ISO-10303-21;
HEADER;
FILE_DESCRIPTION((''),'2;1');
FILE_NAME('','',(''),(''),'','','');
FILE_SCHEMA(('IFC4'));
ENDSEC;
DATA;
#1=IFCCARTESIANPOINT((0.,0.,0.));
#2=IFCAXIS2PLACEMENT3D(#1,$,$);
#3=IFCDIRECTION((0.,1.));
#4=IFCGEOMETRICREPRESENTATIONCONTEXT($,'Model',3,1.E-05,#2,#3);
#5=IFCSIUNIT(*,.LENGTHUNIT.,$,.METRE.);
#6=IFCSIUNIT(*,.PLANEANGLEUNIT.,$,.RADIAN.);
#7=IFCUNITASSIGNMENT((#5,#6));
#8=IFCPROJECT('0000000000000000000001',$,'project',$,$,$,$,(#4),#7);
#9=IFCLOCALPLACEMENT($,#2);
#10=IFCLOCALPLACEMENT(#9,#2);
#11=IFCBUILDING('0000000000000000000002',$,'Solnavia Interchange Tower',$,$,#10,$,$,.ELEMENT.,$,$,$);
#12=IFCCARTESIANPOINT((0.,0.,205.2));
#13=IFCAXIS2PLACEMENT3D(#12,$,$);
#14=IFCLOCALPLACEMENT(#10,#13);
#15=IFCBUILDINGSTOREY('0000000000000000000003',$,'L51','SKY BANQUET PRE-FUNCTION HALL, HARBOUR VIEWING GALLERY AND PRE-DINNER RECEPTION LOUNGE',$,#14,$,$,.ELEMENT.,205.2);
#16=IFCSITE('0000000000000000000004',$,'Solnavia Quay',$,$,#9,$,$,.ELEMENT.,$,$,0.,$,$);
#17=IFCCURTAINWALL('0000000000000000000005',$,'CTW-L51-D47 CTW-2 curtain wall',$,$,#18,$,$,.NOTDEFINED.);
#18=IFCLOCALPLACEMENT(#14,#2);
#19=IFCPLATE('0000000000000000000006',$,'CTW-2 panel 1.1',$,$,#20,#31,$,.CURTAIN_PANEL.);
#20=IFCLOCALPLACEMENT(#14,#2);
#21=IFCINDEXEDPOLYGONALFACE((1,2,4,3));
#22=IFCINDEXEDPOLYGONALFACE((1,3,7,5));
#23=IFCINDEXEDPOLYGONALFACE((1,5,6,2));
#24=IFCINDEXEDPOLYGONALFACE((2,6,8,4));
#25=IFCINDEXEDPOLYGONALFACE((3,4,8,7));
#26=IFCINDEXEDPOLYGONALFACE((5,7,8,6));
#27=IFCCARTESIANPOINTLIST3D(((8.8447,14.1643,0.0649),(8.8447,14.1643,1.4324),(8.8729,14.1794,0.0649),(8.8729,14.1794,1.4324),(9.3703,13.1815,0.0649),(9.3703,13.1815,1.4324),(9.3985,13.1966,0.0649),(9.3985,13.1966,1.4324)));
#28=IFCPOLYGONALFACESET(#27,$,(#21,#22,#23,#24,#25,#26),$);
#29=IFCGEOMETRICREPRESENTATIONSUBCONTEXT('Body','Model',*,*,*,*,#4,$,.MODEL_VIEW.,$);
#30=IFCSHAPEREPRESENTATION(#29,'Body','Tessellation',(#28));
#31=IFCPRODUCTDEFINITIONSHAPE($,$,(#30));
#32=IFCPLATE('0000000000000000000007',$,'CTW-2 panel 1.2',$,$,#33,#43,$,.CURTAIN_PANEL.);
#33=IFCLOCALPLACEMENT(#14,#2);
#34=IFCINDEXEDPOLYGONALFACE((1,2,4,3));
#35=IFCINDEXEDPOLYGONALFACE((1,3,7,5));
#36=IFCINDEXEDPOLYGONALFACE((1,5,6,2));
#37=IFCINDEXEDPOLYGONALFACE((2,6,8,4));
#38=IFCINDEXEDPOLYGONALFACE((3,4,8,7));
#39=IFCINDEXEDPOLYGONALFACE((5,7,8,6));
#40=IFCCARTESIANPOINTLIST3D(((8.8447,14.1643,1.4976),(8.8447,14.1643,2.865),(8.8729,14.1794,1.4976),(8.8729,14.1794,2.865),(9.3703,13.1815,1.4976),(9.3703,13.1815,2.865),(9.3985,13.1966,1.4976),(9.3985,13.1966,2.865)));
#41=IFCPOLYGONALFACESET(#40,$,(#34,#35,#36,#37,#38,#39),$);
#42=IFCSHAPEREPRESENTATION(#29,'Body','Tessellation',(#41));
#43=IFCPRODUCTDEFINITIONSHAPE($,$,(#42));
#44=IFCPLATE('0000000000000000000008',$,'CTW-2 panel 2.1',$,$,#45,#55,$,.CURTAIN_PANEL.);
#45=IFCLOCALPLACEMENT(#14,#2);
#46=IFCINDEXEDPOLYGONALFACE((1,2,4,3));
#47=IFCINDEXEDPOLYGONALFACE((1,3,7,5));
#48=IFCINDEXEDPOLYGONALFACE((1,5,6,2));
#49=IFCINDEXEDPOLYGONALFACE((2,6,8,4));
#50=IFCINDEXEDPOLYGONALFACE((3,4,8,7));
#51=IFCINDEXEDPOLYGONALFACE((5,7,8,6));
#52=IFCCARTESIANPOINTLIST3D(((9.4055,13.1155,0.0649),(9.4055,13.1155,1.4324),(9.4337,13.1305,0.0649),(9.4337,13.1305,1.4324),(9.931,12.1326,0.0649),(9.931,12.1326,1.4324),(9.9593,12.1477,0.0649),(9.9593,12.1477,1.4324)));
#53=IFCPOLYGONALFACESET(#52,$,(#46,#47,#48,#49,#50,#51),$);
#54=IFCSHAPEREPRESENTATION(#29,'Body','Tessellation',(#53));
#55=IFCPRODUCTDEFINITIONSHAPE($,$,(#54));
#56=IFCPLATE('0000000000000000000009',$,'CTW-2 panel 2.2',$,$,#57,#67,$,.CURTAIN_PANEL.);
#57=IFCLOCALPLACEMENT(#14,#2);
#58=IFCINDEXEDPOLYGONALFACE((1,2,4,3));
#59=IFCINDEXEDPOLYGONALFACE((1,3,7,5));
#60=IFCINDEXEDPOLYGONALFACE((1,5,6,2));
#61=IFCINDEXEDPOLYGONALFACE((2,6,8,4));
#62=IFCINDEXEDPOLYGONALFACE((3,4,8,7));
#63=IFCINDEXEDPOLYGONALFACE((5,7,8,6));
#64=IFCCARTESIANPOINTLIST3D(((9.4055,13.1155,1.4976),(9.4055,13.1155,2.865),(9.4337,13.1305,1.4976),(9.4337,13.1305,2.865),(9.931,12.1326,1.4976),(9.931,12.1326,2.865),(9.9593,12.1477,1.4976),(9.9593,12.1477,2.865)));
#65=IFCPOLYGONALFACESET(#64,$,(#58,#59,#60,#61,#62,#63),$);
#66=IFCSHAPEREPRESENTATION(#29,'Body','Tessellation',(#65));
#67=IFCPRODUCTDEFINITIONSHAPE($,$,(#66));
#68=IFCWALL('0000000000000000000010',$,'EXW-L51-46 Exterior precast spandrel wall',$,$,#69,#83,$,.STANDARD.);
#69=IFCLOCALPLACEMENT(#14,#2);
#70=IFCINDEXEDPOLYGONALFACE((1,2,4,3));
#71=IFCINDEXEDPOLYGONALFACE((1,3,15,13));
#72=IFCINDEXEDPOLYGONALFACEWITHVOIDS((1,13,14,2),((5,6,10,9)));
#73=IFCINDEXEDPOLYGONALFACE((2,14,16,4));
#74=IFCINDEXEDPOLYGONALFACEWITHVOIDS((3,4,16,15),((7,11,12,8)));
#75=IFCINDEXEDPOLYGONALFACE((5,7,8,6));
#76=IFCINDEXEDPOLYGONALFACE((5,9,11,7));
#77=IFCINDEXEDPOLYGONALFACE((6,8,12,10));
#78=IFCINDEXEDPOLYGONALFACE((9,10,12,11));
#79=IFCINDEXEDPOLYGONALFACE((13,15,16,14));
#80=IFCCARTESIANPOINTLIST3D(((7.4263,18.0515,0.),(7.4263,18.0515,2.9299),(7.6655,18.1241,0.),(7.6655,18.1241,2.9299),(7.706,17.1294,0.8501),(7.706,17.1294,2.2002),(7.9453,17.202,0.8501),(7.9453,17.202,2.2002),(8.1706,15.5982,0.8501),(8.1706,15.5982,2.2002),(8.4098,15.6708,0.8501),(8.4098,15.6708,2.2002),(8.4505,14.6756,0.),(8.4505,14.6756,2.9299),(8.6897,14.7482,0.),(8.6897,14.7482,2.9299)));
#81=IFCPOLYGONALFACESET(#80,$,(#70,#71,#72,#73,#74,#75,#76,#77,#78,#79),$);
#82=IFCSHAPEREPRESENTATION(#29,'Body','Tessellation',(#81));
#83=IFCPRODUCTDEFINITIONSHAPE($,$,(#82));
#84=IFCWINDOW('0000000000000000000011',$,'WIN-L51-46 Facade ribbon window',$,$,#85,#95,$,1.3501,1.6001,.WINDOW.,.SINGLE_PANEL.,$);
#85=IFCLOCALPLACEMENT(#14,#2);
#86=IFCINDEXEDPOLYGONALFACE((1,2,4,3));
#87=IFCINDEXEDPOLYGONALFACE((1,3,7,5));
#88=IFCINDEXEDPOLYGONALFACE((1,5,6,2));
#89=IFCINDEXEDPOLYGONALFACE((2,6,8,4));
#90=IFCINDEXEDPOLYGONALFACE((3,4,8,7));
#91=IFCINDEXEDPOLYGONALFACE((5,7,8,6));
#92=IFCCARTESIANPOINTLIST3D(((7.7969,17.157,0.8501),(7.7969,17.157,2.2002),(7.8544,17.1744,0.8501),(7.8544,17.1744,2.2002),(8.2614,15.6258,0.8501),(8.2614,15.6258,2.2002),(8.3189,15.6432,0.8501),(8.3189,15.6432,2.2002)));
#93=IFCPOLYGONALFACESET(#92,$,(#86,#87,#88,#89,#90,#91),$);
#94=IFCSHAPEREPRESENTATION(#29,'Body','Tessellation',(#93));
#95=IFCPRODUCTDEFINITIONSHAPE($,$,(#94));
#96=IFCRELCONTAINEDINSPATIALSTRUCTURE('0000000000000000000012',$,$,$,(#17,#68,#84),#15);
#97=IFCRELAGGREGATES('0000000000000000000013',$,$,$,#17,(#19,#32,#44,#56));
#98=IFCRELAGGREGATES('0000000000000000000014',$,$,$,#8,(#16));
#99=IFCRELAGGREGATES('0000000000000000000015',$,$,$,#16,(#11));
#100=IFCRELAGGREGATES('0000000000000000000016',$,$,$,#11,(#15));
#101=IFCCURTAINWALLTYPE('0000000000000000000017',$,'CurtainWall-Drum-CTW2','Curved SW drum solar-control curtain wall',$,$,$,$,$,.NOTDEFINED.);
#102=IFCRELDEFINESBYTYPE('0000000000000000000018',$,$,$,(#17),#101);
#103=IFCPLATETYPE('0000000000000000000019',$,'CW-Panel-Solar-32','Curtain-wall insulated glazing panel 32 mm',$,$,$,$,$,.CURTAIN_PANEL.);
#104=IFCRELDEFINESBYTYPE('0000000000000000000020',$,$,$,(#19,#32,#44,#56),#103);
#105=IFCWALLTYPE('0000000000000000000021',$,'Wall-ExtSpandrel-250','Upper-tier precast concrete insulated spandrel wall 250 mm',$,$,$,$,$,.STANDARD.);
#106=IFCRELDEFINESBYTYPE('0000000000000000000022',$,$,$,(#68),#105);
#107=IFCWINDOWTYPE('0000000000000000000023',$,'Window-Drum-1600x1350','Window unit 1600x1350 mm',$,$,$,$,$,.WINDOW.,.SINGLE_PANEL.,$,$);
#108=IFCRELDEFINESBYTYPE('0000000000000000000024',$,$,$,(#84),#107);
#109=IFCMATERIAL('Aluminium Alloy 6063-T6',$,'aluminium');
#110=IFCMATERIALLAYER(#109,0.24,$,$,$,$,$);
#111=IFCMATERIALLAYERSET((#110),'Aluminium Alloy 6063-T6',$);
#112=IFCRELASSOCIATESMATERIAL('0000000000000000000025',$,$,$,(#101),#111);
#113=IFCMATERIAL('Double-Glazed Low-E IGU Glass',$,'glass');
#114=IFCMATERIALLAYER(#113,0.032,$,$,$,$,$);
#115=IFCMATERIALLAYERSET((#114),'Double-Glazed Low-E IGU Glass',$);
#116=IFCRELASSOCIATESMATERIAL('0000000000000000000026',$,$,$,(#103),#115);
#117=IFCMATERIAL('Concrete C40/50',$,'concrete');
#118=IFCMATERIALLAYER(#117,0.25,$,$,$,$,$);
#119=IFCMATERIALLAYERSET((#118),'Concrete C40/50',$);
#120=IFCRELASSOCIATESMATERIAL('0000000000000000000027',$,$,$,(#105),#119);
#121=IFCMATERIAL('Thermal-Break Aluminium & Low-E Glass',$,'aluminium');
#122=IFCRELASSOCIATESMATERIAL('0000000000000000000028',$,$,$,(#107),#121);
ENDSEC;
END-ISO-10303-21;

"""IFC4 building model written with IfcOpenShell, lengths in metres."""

from ifc_helpers import new_model, si_unit, direction, frame, frame_2d, origin, origin_2d, place, context, subcontext, project, spatial, rectangle, extrude, material, layer, layer_set, type_object, element, fill, aggregate, save


model = new_model("IFC4")

# Units and contexts
model_context = context("Model", 3, precision=1e-05, world=origin(), true_north=direction((0.0, 1.0)))
body_context = subcontext(model_context, "Body", "Model", "MODEL_VIEW")
ifc_project = project(units=[si_unit("LENGTHUNIT", "METRE"), si_unit("PLANEANGLEUNIT", "RADIAN")], contexts=[model_context])

# Site, building, storey
site_placement = place(None, origin())
site = spatial("IfcSite", under=ifc_project, at=site_placement, Name="Solnavia Quay", CompositionType="ELEMENT", RefElevation=0.0)
building_placement = place(site_placement, origin())
building = spatial("IfcBuilding", under=site, at=building_placement, Name="Solnavia Interchange Tower", CompositionType="ELEMENT")
storey_placement = place(building_placement, frame((0.0, 0.0, 205.2)))
storey = spatial("IfcBuildingStorey", under=building, at=storey_placement, Name="L51", Description="SKY BANQUET PRE-FUNCTION HALL, HARBOUR VIEWING GALLERY AND PRE-DINNER RECEPTION LOUNGE", CompositionType="ELEMENT", Elevation=205.2)

# Curtain wall, plates
ifc_material_1 = material(Name="Aluminium Alloy 6063-T6", Category="aluminium")
ifc_layer_1 = layer(ifc_material_1, 0.24)
ifc_layer_set_1 = layer_set([ifc_layer_1], Name="Aluminium Alloy 6063-T6")
curtain_wall_type = type_object("IfcCurtainWallType", Name="CurtainWall-Drum-CTW2", Description="Curved SW drum solar-control curtain wall", PredefinedType="NOTDEFINED", material=ifc_layer_set_1)
curtain_wall_placement = place(storey_placement, origin())
curtain_wall = element("IfcCurtainWall", 1, at=curtain_wall_placement, inside=storey, type_object=curtain_wall_type, Name="CTW-L51-D47 CTW-2 curtain wall", PredefinedType="NOTDEFINED")
ifc_material_2 = material(Name="Double-Glazed Low-E IGU Glass", Category="glass")
ifc_layer_2 = layer(ifc_material_2, 0.032)
ifc_layer_set_2 = layer_set([ifc_layer_2], Name="Double-Glazed Low-E IGU Glass")
plate_type = type_object("IfcPlateType", Name="CW-Panel-Solar-32", Description="Curtain-wall insulated glazing panel 32 mm", PredefinedType="CURTAIN_PANEL", material=ifc_layer_set_2)
plate_1_placement = place(storey_placement, frame((9.1216, 13.6804, 0.0649), z_axis=(0.0, 0.0, 1.0), x_axis=(0.471561, -0.881834, 0.0)))
plate_1 = element("IfcPlate", 2, at=plate_1_placement, type_object=plate_type, Name="CTW-2 panel 1.1", PredefinedType="CURTAIN_PANEL", context=body_context, shape_type="SweptSolid", body=[
    extrude(rectangle(XDim=1.1145, YDim=0.032, at=origin_2d()), origin(), (0.0, 0.0, 1.0), 1.3674),
])
plate_2_placement = place(storey_placement, frame((9.1216, 13.6804, 1.4976), z_axis=(0.0, 0.0, 1.0), x_axis=(0.471561, -0.881834, 0.0)))
plate_2 = element("IfcPlate", 3, at=plate_2_placement, type_object=plate_type, Name="CTW-2 panel 1.2", PredefinedType="CURTAIN_PANEL", context=body_context, shape_type="SweptSolid", body=[
    extrude(rectangle(XDim=1.1145, YDim=0.032, at=origin_2d()), origin(), (0.0, 0.0, 1.0), 1.3674),
])
plate_3_placement = place(storey_placement, frame((9.6824, 12.6316, 0.0649), z_axis=(0.0, 0.0, 1.0), x_axis=(0.471561, -0.881834, 0.0)))
plate_3 = element("IfcPlate", 4, at=plate_3_placement, type_object=plate_type, Name="CTW-2 panel 2.1", PredefinedType="CURTAIN_PANEL", context=body_context, shape_type="SweptSolid", body=[
    extrude(rectangle(XDim=1.1145, YDim=0.032, at=origin_2d()), origin(), (0.0, 0.0, 1.0), 1.3674),
])
plate_4_placement = place(storey_placement, frame((9.6824, 12.6316, 1.4976), z_axis=(0.0, 0.0, 1.0), x_axis=(0.471561, -0.881834, 0.0)))
plate_4 = element("IfcPlate", 5, at=plate_4_placement, type_object=plate_type, Name="CTW-2 panel 2.2", PredefinedType="CURTAIN_PANEL", context=body_context, shape_type="SweptSolid", body=[
    extrude(rectangle(XDim=1.1145, YDim=0.032, at=origin_2d()), origin(), (0.0, 0.0, 1.0), 1.3674),
])
aggregate(curtain_wall, [plate_1, plate_2, plate_3, plate_4])

# Wall, opening, window
ifc_material_3 = material(Name="Concrete C40/50", Category="concrete")
ifc_layer_3 = layer(ifc_material_3, 0.25)
ifc_layer_set_3 = layer_set([ifc_layer_3], Name="Concrete C40/50")
wall_type = type_object("IfcWallType", Name="Wall-ExtSpandrel-250", Description="Upper-tier precast concrete insulated spandrel wall 250 mm", PredefinedType="STANDARD", material=ifc_layer_set_3)
wall_placement = place(storey_placement, frame((8.5701, 14.7119, 0.0), z_axis=(0.0, 0.0, 1.0), x_axis=(-0.290305, 0.956934, 0.0)))
wall = element("IfcWall", 6, at=wall_placement, inside=storey, type_object=wall_type, Name="EXW-L51-46 Exterior precast spandrel wall", PredefinedType="STANDARD", context=body_context, shape_type="SweptSolid", body=[
    extrude(rectangle(XDim=3.5278, YDim=0.25, at=frame_2d((1.7639, 0.0))), origin(), (0.0, 0.0, 1.0), 2.9299),
])
opening_placement = place(wall_placement, frame((0.9641, 0.0, 0.8501)))
opening = element("IfcOpeningElement", 7, at=opening_placement, cuts=wall, PredefinedType="OPENING", context=body_context, shape_type="SweptSolid", body=[
    extrude(rectangle(XDim=1.6001, YDim=1.3501, at=frame_2d((0.8, 0.675))), frame((0.0, 0.135, 0.0), z_axis=(0.0, -1.0, 0.0), x_axis=(1.0, 0.0, 0.0)), (0.0, 0.0, 1.0), 0.27),
])
ifc_material_4 = material(Name="Thermal-Break Aluminium & Low-E Glass", Category="aluminium")
window_type = type_object("IfcWindowType", Name="Window-Drum-1600x1350", Description="Window unit 1600x1350 mm", PartitioningType="SINGLE_PANEL", PredefinedType="WINDOW", material=ifc_material_4)
window_placement = place(opening_placement, origin())
window = element("IfcWindow", 8, at=window_placement, inside=storey, type_object=window_type, Name="WIN-L51-46 Facade ribbon window", OverallHeight=1.3501, OverallWidth=1.6001, PartitioningType="SINGLE_PANEL", PredefinedType="WINDOW", context=body_context, shape_type="SweptSolid", body=[
    extrude(rectangle(XDim=1.6001, YDim=1.3501, at=frame_2d((0.8, 0.675))), frame((0.0, 0.03, 0.0), z_axis=(0.0, -1.0, 0.0), x_axis=(1.0, 0.0, 0.0)), (0.0, 0.0, 1.0), 0.0601),
])
fill(opening, window)

save(model, "model.ifc")
